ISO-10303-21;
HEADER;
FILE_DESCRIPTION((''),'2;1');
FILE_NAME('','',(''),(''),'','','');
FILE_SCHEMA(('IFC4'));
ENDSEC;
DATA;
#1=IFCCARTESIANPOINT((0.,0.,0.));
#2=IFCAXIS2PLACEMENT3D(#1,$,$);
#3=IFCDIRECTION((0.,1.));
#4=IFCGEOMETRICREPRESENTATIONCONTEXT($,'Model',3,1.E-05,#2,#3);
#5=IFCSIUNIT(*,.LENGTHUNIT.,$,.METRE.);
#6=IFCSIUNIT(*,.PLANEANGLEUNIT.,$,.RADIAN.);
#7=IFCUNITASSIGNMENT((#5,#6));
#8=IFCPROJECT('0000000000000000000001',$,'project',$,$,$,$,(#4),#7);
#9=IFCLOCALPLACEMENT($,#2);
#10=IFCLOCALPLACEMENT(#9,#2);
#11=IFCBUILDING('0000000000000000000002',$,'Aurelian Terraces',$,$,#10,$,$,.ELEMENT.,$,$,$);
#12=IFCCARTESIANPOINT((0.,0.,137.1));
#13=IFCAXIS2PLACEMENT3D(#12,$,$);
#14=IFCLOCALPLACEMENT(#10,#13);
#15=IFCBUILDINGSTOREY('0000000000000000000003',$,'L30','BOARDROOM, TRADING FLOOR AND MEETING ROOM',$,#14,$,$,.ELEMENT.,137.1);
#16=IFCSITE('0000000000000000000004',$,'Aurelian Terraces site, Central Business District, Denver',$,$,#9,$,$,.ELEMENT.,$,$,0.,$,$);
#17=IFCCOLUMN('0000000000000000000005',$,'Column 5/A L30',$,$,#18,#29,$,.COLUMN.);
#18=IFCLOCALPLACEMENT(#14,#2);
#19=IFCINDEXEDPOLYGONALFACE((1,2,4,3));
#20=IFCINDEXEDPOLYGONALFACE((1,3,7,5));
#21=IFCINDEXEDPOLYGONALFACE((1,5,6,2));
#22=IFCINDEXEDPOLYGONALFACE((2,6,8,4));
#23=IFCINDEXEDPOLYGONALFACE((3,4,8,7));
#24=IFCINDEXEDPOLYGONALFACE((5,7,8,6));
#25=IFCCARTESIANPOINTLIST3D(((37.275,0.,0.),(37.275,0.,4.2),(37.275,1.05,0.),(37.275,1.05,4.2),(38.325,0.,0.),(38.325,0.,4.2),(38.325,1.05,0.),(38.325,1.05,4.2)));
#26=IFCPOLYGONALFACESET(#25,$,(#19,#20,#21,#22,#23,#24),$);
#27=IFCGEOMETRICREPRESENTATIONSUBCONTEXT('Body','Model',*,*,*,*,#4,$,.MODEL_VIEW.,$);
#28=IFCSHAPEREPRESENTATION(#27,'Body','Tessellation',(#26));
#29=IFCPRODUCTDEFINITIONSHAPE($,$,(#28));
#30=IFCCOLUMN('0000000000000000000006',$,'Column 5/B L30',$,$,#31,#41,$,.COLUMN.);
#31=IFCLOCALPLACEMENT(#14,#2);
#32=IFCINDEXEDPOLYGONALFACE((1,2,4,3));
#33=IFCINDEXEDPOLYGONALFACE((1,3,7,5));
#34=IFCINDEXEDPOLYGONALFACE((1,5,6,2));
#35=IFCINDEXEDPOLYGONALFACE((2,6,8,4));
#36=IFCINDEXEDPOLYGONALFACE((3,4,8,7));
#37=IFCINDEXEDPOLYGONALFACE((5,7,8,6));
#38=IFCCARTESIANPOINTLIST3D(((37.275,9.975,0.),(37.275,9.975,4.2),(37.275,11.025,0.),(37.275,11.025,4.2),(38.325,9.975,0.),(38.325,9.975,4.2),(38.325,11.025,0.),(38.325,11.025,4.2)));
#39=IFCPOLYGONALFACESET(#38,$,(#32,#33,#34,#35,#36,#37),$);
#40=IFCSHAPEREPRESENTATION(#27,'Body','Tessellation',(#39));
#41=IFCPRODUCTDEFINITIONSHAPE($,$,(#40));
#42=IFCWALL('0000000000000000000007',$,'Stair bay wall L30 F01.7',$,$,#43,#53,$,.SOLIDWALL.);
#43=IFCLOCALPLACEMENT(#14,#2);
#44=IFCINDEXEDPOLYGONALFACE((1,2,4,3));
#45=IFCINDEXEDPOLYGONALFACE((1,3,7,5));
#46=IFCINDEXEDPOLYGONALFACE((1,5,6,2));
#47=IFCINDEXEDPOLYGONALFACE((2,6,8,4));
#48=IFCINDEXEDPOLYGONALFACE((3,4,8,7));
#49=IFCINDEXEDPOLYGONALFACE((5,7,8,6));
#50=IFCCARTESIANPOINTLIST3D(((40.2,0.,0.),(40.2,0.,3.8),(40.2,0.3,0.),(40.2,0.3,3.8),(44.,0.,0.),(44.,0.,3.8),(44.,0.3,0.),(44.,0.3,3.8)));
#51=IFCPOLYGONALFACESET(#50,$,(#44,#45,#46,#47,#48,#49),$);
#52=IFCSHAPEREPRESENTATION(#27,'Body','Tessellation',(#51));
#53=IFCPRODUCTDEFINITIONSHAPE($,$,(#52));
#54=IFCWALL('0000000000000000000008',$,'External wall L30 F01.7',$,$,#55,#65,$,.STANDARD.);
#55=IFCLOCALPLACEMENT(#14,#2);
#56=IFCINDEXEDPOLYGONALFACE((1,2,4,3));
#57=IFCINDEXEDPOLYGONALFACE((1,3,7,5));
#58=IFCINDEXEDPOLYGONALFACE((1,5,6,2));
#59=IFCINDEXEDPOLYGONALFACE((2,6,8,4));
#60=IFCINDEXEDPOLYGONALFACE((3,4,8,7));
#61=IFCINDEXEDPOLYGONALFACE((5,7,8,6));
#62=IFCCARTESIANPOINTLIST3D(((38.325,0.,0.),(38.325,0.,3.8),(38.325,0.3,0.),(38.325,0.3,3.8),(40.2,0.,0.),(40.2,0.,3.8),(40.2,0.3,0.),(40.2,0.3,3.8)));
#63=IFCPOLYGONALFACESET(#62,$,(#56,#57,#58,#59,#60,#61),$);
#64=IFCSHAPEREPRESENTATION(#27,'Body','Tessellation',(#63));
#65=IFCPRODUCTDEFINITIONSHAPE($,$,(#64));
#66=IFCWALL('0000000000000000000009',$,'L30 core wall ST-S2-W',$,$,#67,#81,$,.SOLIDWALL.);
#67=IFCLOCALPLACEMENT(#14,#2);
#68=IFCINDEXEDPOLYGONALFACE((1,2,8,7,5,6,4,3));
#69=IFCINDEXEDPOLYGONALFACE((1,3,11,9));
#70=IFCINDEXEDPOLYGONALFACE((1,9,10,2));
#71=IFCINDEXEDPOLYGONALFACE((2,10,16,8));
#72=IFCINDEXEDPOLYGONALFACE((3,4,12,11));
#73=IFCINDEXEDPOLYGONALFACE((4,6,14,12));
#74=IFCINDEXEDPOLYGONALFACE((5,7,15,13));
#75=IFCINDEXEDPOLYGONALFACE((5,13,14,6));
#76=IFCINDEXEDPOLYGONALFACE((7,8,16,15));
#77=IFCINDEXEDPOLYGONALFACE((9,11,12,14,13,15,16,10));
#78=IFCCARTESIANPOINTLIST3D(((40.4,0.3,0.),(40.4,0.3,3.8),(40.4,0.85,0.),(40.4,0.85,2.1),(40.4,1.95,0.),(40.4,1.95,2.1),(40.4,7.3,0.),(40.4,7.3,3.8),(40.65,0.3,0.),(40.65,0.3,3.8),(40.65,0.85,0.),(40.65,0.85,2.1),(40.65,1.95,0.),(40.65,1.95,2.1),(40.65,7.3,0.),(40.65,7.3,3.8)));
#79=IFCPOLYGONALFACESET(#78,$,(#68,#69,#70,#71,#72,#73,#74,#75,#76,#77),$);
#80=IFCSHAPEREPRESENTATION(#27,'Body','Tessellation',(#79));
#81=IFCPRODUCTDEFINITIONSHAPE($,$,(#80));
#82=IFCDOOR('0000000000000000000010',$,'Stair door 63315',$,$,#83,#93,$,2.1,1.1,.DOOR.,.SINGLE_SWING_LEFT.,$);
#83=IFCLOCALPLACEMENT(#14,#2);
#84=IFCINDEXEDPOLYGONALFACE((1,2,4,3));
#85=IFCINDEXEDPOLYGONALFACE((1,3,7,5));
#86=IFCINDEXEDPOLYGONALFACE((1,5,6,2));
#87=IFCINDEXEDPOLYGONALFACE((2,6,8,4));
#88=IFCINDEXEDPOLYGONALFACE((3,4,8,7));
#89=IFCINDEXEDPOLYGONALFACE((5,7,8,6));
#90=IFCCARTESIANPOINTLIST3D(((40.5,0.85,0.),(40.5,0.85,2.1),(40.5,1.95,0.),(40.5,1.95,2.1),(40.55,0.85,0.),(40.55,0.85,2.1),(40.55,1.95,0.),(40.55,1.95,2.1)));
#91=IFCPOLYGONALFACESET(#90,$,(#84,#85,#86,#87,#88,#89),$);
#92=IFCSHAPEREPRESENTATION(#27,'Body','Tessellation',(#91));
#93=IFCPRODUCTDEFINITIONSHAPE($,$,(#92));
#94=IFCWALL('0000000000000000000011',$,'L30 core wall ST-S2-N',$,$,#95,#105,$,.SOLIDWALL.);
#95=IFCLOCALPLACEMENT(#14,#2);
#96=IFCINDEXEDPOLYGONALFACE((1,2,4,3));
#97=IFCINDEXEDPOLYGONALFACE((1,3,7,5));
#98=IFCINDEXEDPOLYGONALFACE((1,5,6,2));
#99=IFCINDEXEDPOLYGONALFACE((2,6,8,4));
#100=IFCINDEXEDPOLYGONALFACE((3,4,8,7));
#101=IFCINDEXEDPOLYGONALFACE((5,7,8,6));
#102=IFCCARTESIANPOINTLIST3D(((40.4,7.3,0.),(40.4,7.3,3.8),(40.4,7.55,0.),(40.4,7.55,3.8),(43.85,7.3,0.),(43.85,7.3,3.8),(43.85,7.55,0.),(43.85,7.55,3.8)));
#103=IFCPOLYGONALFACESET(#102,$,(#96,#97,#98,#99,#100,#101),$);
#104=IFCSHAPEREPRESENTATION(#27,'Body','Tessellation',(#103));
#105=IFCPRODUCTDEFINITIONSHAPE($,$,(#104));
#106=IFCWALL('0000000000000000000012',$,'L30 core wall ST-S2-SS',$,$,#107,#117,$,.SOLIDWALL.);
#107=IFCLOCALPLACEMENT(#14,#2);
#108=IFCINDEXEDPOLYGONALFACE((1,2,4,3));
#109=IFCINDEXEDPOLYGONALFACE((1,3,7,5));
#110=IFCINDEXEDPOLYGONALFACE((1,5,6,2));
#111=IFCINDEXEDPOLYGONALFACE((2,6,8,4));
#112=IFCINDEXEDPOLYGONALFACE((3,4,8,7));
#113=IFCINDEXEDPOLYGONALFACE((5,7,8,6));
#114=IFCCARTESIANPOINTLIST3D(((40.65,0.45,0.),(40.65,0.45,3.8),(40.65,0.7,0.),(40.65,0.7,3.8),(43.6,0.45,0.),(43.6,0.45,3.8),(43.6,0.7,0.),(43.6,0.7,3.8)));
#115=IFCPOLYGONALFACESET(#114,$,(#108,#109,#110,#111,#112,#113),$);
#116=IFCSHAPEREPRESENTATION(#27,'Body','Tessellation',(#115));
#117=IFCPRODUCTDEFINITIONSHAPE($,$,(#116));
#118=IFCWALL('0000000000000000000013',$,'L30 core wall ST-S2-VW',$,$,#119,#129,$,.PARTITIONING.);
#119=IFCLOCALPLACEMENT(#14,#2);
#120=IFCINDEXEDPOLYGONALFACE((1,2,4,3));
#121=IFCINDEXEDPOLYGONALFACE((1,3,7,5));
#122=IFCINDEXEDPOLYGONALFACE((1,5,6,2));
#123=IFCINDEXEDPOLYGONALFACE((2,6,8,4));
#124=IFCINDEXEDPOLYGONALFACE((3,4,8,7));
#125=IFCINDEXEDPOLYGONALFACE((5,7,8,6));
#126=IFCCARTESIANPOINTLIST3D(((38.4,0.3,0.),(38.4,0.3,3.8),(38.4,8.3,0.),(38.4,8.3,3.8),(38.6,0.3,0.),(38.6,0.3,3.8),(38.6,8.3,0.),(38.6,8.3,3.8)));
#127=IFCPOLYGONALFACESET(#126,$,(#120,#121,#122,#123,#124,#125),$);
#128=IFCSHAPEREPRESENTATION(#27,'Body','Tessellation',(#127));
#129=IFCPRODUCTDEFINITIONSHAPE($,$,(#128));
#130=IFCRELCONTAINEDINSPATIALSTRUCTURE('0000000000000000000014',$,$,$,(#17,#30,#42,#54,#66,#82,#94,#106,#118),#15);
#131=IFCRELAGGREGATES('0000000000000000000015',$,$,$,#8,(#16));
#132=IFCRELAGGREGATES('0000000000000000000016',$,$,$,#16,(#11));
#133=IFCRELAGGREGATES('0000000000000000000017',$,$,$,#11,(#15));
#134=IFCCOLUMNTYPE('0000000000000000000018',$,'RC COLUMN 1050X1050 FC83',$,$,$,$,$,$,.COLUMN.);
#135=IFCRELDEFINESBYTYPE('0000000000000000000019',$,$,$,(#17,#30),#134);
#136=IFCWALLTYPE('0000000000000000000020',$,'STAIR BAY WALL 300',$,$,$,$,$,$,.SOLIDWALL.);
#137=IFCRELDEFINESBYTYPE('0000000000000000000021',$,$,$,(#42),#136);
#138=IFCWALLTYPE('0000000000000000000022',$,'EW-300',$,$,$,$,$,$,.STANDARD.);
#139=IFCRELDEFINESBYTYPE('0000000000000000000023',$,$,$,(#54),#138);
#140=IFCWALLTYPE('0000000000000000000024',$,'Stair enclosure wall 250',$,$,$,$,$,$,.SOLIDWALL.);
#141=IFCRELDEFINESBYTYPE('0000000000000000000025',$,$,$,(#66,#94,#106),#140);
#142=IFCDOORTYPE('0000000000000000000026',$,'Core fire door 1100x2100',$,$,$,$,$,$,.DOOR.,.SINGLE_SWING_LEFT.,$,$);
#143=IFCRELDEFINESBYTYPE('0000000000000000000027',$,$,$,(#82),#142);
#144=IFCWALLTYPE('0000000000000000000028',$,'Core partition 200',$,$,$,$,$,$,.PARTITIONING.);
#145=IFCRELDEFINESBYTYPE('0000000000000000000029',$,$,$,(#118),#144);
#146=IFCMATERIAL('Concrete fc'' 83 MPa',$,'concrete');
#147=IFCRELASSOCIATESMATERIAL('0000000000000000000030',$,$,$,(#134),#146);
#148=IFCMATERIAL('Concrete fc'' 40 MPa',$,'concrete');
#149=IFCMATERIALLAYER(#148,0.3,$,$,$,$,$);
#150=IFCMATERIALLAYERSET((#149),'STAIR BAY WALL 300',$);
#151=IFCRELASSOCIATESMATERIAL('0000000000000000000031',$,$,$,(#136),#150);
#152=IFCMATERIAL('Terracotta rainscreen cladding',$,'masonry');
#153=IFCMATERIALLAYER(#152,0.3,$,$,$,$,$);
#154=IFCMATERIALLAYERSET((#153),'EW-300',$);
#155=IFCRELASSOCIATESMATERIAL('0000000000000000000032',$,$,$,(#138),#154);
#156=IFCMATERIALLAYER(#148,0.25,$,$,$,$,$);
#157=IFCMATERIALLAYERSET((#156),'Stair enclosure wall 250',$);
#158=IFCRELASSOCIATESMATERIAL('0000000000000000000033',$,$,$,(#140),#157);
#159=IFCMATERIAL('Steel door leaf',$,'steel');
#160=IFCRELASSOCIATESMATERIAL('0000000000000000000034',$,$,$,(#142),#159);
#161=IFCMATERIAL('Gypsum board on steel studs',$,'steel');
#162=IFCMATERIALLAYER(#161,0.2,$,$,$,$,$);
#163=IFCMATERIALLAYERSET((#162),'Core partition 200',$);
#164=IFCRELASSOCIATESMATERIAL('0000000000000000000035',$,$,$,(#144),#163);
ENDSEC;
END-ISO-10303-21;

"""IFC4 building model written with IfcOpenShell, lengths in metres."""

from ifc_helpers import new_model, si_unit, direction, frame, frame_2d, origin, origin_2d, place, context, subcontext, project, spatial, rectangle, extrude, source, transform, mapped, material, layer, layer_set, material_profile, profile_set, type_object, element, fill, save


model = new_model("IFC4")

# Units and contexts
model_context = context("Model", 3, precision=1e-05, world=origin(), true_north=direction((0.0, 1.0)))
body_context = subcontext(model_context, "Body", "Model", "MODEL_VIEW")
ifc_project = project(units=[si_unit("LENGTHUNIT", "METRE"), si_unit("PLANEANGLEUNIT", "RADIAN")], contexts=[model_context])

# Site, building, storey
site_placement = place(None, origin())
site = spatial("IfcSite", under=ifc_project, at=site_placement, Name="Aurelian Terraces site, Central Business District, Denver", CompositionType="ELEMENT", RefElevation=0.0)
building_placement = place(site_placement, origin())
building = spatial("IfcBuilding", under=site, at=building_placement, Name="Aurelian Terraces", CompositionType="ELEMENT")
storey_placement = place(building_placement, frame((0.0, 0.0, 137.1)))
storey = spatial("IfcBuildingStorey", under=building, at=storey_placement, Name="L30", Description="BOARDROOM, TRADING FLOOR AND MEETING ROOM", CompositionType="ELEMENT", Elevation=137.1)

# Columns
ifc_material_1 = material(Name="Concrete fc' 83 MPa", Category="concrete")
ifc_material_profile = material_profile(ifc_material_1, rectangle(XDim=1.05, YDim=1.05, at=origin_2d()))
ifc_profile_set = profile_set([ifc_material_profile], Name="Concrete fc' 83 MPa")
column_type = type_object("IfcColumnType", Name="RC COLUMN 1050X1050 FC83", PredefinedType="COLUMN", material=ifc_profile_set)
shared_shape_1 = source(origin(), body_context, "Body", "SweptSolid", [
    extrude(rectangle(XDim=1.05, YDim=1.05, at=origin_2d()), origin(), (0.0, 0.0, 1.0), 4.2),
])
for number, where, z_axis, x_axis, name in (
    (1, (37.8, 0.525, 0.0), (0.0, 0.0, 1.0), (1.0, 0.0, 0.0), "Column 5/A L30"),
    (2, (37.8, 10.5, 0.0), (0.0, 0.0, 1.0), (1.0, 0.0, 0.0), "Column 5/B L30"),
):
    element("IfcColumn", number, at=place(storey_placement, frame(where, z_axis=z_axis, x_axis=x_axis)), inside=storey, type_object=column_type, Name=name, PredefinedType="COLUMN", context=body_context, shape_type="MappedRepresentation", body=[
        mapped(shared_shape_1, transform((0.0, 0.0, 0.0), scale=1.0)),
    ])

# Walls
ifc_material_2 = material(Name="Concrete fc' 40 MPa", Category="concrete")
ifc_layer_1 = layer(ifc_material_2, 0.3)
ifc_layer_set_1 = layer_set([ifc_layer_1], Name="STAIR BAY WALL 300")
wall_type_1 = type_object("IfcWallType", Name="STAIR BAY WALL 300", PredefinedType="SOLIDWALL", material=ifc_layer_set_1)
shared_shape_2 = source(origin(), body_context, "Body", "SweptSolid", [
    extrude(rectangle(XDim=3.8, YDim=0.3, at=frame_2d((1.9, 0.0))), origin(), (0.0, 0.0, 1.0), 3.8),
])
wall_1_placement = place(storey_placement, frame((40.2, 0.15, 0.0), z_axis=(0.0, 0.0, 1.0), x_axis=(1.0, 0.0, 0.0)))
element("IfcWall", 3, at=wall_1_placement, inside=storey, type_object=wall_type_1, Name="Stair bay wall L30 F01.7", PredefinedType="SOLIDWALL", context=body_context, shape_type="MappedRepresentation", body=[
    mapped(shared_shape_2, transform((0.0, 0.0, 0.0), scale=1.0)),
])
ifc_material_3 = material(Name="Terracotta rainscreen cladding", Category="masonry")
ifc_layer_2 = layer(ifc_material_3, 0.3)
ifc_layer_set_2 = layer_set([ifc_layer_2], Name="EW-300")
wall_type_2 = type_object("IfcWallType", Name="EW-300", PredefinedType="STANDARD", material=ifc_layer_set_2)
shared_shape_3 = source(origin(), body_context, "Body", "SweptSolid", [
    extrude(rectangle(XDim=1.875, YDim=0.3, at=frame_2d((0.9375, 0.0))), origin(), (0.0, 0.0, 1.0), 3.8),
])
wall_2_placement = place(storey_placement, frame((38.325, 0.15, 0.0), z_axis=(0.0, 0.0, 1.0), x_axis=(1.0, 0.0, 0.0)))
element("IfcWall", 4, at=wall_2_placement, inside=storey, type_object=wall_type_2, Name="External wall L30 F01.7", PredefinedType="STANDARD", context=body_context, shape_type="MappedRepresentation", body=[
    mapped(shared_shape_3, transform((0.0, 0.0, 0.0), scale=1.0)),
])

# Wall, opening, door
ifc_layer_3 = layer(ifc_material_2, 0.25)
ifc_layer_set_3 = layer_set([ifc_layer_3], Name="Stair enclosure wall 250")
wall_type_3 = type_object("IfcWallType", Name="Stair enclosure wall 250", PredefinedType="SOLIDWALL", material=ifc_layer_set_3)
shared_shape_4 = source(origin(), body_context, "Body", "SweptSolid", [
    extrude(rectangle(XDim=7.0, YDim=0.25, at=frame_2d((3.5, 0.0))), origin(), (0.0, 0.0, 1.0), 3.8),
])
wall_3_placement = place(storey_placement, frame((40.525, 0.3, 0.0), z_axis=(0.0, 0.0, 1.0), x_axis=(0.0, 1.0, 0.0)))
wall_3 = element("IfcWall", 5, at=wall_3_placement, inside=storey, type_object=wall_type_3, Name="L30 core wall ST-S2-W", PredefinedType="SOLIDWALL", context=body_context, shape_type="MappedRepresentation", body=[
    mapped(shared_shape_4, transform((0.0, 0.0, 0.0), scale=1.0)),
])
shared_shape_5 = source(origin(), body_context, "Body", "SweptSolid", [
    extrude(rectangle(XDim=1.1, YDim=2.1, at=frame_2d((0.55, 1.05))), frame((0.0, 0.135, 0.0), z_axis=(0.0, -1.0, 0.0), x_axis=(1.0, 0.0, 0.0)), (0.0, 0.0, 1.0), 0.27),
])
opening_1_placement = place(wall_3_placement, frame((0.55, 0.0, 0.0)))
opening_1 = element("IfcOpeningElement", 6, at=opening_1_placement, cuts=wall_3, PredefinedType="OPENING", context=body_context, shape_type="MappedRepresentation", body=[
    mapped(shared_shape_5, transform((0.0, 0.0, 0.0), scale=1.0)),
])
ifc_material_4 = material(Name="Steel door leaf", Category="steel")
door_type_1 = type_object("IfcDoorType", Name="Core fire door 1100x2100", OperationType="SINGLE_SWING_LEFT", PredefinedType="DOOR", material=ifc_material_4)
shared_shape_6 = source(origin(), body_context, "Body", "SweptSolid", [
    extrude(rectangle(XDim=1.1, YDim=2.1, at=frame_2d((0.55, 1.05))), frame((0.0, 0.025, 0.0), z_axis=(0.0, -1.0, 0.0), x_axis=(1.0, 0.0, 0.0)), (0.0, 0.0, 1.0), 0.05),
])
door_1_placement = place(opening_1_placement, origin())
door_1 = element("IfcDoor", 7, at=door_1_placement, inside=storey, type_object=door_type_1, Name="Stair door 63315", OperationType="SINGLE_SWING_LEFT", OverallHeight=2.1, OverallWidth=1.1, PredefinedType="DOOR", context=body_context, shape_type="MappedRepresentation", body=[
    mapped(shared_shape_6, transform((0.0, 0.0, 0.0), scale=1.0)),
])
fill(opening_1, door_1)

# Walls
shared_shape_7 = source(origin(), body_context, "Body", "SweptSolid", [
    extrude(rectangle(XDim=3.45, YDim=0.25, at=frame_2d((1.725, 0.0))), origin(), (0.0, 0.0, 1.0), 3.8),
])
wall_4_placement = place(storey_placement, frame((40.4, 7.425, 0.0), z_axis=(0.0, 0.0, 1.0), x_axis=(1.0, 0.0, 0.0)))
element("IfcWall", 8, at=wall_4_placement, inside=storey, type_object=wall_type_3, Name="L30 core wall ST-S2-N", PredefinedType="SOLIDWALL", context=body_context, shape_type="MappedRepresentation", body=[
    mapped(shared_shape_7, transform((0.0, 0.0, 0.0), scale=1.0)),
])
shared_shape_8 = source(origin(), body_context, "Body", "SweptSolid", [
    extrude(rectangle(XDim=2.95, YDim=0.25, at=frame_2d((1.475, 0.0))), origin(), (0.0, 0.0, 1.0), 3.8),
])
wall_5_placement = place(storey_placement, frame((40.65, 0.575, 0.0), z_axis=(0.0, 0.0, 1.0), x_axis=(1.0, 0.0, 0.0)))
element("IfcWall", 9, at=wall_5_placement, inside=storey, type_object=wall_type_3, Name="L30 core wall ST-S2-SS", PredefinedType="SOLIDWALL", context=body_context, shape_type="MappedRepresentation", body=[
    mapped(shared_shape_8, transform((0.0, 0.0, 0.0), scale=1.0)),
])
ifc_material_5 = material(Name="Gypsum board on steel studs", Category="steel")
ifc_layer_4 = layer(ifc_material_5, 0.2)
ifc_layer_set_4 = layer_set([ifc_layer_4], Name="Core partition 200")
wall_type_4 = type_object("IfcWallType", Name="Core partition 200", PredefinedType="PARTITIONING", material=ifc_layer_set_4)
shared_shape_9 = source(origin(), body_context, "Body", "SweptSolid", [
    extrude(rectangle(XDim=8.0, YDim=0.2, at=frame_2d((4.0, 0.0))), origin(), (0.0, 0.0, 1.0), 3.8),
])
wall_6_placement = place(storey_placement, frame((38.5, 0.3, 0.0), z_axis=(0.0, 0.0, 1.0), x_axis=(0.0, 1.0, 0.0)))
element("IfcWall", 10, at=wall_6_placement, inside=storey, type_object=wall_type_4, Name="L30 core wall ST-S2-VW", PredefinedType="PARTITIONING", context=body_context, shape_type="MappedRepresentation", body=[
    mapped(shared_shape_9, transform((0.0, 0.0, 0.0), scale=1.0)),
])

save(model, "model.ifc")
